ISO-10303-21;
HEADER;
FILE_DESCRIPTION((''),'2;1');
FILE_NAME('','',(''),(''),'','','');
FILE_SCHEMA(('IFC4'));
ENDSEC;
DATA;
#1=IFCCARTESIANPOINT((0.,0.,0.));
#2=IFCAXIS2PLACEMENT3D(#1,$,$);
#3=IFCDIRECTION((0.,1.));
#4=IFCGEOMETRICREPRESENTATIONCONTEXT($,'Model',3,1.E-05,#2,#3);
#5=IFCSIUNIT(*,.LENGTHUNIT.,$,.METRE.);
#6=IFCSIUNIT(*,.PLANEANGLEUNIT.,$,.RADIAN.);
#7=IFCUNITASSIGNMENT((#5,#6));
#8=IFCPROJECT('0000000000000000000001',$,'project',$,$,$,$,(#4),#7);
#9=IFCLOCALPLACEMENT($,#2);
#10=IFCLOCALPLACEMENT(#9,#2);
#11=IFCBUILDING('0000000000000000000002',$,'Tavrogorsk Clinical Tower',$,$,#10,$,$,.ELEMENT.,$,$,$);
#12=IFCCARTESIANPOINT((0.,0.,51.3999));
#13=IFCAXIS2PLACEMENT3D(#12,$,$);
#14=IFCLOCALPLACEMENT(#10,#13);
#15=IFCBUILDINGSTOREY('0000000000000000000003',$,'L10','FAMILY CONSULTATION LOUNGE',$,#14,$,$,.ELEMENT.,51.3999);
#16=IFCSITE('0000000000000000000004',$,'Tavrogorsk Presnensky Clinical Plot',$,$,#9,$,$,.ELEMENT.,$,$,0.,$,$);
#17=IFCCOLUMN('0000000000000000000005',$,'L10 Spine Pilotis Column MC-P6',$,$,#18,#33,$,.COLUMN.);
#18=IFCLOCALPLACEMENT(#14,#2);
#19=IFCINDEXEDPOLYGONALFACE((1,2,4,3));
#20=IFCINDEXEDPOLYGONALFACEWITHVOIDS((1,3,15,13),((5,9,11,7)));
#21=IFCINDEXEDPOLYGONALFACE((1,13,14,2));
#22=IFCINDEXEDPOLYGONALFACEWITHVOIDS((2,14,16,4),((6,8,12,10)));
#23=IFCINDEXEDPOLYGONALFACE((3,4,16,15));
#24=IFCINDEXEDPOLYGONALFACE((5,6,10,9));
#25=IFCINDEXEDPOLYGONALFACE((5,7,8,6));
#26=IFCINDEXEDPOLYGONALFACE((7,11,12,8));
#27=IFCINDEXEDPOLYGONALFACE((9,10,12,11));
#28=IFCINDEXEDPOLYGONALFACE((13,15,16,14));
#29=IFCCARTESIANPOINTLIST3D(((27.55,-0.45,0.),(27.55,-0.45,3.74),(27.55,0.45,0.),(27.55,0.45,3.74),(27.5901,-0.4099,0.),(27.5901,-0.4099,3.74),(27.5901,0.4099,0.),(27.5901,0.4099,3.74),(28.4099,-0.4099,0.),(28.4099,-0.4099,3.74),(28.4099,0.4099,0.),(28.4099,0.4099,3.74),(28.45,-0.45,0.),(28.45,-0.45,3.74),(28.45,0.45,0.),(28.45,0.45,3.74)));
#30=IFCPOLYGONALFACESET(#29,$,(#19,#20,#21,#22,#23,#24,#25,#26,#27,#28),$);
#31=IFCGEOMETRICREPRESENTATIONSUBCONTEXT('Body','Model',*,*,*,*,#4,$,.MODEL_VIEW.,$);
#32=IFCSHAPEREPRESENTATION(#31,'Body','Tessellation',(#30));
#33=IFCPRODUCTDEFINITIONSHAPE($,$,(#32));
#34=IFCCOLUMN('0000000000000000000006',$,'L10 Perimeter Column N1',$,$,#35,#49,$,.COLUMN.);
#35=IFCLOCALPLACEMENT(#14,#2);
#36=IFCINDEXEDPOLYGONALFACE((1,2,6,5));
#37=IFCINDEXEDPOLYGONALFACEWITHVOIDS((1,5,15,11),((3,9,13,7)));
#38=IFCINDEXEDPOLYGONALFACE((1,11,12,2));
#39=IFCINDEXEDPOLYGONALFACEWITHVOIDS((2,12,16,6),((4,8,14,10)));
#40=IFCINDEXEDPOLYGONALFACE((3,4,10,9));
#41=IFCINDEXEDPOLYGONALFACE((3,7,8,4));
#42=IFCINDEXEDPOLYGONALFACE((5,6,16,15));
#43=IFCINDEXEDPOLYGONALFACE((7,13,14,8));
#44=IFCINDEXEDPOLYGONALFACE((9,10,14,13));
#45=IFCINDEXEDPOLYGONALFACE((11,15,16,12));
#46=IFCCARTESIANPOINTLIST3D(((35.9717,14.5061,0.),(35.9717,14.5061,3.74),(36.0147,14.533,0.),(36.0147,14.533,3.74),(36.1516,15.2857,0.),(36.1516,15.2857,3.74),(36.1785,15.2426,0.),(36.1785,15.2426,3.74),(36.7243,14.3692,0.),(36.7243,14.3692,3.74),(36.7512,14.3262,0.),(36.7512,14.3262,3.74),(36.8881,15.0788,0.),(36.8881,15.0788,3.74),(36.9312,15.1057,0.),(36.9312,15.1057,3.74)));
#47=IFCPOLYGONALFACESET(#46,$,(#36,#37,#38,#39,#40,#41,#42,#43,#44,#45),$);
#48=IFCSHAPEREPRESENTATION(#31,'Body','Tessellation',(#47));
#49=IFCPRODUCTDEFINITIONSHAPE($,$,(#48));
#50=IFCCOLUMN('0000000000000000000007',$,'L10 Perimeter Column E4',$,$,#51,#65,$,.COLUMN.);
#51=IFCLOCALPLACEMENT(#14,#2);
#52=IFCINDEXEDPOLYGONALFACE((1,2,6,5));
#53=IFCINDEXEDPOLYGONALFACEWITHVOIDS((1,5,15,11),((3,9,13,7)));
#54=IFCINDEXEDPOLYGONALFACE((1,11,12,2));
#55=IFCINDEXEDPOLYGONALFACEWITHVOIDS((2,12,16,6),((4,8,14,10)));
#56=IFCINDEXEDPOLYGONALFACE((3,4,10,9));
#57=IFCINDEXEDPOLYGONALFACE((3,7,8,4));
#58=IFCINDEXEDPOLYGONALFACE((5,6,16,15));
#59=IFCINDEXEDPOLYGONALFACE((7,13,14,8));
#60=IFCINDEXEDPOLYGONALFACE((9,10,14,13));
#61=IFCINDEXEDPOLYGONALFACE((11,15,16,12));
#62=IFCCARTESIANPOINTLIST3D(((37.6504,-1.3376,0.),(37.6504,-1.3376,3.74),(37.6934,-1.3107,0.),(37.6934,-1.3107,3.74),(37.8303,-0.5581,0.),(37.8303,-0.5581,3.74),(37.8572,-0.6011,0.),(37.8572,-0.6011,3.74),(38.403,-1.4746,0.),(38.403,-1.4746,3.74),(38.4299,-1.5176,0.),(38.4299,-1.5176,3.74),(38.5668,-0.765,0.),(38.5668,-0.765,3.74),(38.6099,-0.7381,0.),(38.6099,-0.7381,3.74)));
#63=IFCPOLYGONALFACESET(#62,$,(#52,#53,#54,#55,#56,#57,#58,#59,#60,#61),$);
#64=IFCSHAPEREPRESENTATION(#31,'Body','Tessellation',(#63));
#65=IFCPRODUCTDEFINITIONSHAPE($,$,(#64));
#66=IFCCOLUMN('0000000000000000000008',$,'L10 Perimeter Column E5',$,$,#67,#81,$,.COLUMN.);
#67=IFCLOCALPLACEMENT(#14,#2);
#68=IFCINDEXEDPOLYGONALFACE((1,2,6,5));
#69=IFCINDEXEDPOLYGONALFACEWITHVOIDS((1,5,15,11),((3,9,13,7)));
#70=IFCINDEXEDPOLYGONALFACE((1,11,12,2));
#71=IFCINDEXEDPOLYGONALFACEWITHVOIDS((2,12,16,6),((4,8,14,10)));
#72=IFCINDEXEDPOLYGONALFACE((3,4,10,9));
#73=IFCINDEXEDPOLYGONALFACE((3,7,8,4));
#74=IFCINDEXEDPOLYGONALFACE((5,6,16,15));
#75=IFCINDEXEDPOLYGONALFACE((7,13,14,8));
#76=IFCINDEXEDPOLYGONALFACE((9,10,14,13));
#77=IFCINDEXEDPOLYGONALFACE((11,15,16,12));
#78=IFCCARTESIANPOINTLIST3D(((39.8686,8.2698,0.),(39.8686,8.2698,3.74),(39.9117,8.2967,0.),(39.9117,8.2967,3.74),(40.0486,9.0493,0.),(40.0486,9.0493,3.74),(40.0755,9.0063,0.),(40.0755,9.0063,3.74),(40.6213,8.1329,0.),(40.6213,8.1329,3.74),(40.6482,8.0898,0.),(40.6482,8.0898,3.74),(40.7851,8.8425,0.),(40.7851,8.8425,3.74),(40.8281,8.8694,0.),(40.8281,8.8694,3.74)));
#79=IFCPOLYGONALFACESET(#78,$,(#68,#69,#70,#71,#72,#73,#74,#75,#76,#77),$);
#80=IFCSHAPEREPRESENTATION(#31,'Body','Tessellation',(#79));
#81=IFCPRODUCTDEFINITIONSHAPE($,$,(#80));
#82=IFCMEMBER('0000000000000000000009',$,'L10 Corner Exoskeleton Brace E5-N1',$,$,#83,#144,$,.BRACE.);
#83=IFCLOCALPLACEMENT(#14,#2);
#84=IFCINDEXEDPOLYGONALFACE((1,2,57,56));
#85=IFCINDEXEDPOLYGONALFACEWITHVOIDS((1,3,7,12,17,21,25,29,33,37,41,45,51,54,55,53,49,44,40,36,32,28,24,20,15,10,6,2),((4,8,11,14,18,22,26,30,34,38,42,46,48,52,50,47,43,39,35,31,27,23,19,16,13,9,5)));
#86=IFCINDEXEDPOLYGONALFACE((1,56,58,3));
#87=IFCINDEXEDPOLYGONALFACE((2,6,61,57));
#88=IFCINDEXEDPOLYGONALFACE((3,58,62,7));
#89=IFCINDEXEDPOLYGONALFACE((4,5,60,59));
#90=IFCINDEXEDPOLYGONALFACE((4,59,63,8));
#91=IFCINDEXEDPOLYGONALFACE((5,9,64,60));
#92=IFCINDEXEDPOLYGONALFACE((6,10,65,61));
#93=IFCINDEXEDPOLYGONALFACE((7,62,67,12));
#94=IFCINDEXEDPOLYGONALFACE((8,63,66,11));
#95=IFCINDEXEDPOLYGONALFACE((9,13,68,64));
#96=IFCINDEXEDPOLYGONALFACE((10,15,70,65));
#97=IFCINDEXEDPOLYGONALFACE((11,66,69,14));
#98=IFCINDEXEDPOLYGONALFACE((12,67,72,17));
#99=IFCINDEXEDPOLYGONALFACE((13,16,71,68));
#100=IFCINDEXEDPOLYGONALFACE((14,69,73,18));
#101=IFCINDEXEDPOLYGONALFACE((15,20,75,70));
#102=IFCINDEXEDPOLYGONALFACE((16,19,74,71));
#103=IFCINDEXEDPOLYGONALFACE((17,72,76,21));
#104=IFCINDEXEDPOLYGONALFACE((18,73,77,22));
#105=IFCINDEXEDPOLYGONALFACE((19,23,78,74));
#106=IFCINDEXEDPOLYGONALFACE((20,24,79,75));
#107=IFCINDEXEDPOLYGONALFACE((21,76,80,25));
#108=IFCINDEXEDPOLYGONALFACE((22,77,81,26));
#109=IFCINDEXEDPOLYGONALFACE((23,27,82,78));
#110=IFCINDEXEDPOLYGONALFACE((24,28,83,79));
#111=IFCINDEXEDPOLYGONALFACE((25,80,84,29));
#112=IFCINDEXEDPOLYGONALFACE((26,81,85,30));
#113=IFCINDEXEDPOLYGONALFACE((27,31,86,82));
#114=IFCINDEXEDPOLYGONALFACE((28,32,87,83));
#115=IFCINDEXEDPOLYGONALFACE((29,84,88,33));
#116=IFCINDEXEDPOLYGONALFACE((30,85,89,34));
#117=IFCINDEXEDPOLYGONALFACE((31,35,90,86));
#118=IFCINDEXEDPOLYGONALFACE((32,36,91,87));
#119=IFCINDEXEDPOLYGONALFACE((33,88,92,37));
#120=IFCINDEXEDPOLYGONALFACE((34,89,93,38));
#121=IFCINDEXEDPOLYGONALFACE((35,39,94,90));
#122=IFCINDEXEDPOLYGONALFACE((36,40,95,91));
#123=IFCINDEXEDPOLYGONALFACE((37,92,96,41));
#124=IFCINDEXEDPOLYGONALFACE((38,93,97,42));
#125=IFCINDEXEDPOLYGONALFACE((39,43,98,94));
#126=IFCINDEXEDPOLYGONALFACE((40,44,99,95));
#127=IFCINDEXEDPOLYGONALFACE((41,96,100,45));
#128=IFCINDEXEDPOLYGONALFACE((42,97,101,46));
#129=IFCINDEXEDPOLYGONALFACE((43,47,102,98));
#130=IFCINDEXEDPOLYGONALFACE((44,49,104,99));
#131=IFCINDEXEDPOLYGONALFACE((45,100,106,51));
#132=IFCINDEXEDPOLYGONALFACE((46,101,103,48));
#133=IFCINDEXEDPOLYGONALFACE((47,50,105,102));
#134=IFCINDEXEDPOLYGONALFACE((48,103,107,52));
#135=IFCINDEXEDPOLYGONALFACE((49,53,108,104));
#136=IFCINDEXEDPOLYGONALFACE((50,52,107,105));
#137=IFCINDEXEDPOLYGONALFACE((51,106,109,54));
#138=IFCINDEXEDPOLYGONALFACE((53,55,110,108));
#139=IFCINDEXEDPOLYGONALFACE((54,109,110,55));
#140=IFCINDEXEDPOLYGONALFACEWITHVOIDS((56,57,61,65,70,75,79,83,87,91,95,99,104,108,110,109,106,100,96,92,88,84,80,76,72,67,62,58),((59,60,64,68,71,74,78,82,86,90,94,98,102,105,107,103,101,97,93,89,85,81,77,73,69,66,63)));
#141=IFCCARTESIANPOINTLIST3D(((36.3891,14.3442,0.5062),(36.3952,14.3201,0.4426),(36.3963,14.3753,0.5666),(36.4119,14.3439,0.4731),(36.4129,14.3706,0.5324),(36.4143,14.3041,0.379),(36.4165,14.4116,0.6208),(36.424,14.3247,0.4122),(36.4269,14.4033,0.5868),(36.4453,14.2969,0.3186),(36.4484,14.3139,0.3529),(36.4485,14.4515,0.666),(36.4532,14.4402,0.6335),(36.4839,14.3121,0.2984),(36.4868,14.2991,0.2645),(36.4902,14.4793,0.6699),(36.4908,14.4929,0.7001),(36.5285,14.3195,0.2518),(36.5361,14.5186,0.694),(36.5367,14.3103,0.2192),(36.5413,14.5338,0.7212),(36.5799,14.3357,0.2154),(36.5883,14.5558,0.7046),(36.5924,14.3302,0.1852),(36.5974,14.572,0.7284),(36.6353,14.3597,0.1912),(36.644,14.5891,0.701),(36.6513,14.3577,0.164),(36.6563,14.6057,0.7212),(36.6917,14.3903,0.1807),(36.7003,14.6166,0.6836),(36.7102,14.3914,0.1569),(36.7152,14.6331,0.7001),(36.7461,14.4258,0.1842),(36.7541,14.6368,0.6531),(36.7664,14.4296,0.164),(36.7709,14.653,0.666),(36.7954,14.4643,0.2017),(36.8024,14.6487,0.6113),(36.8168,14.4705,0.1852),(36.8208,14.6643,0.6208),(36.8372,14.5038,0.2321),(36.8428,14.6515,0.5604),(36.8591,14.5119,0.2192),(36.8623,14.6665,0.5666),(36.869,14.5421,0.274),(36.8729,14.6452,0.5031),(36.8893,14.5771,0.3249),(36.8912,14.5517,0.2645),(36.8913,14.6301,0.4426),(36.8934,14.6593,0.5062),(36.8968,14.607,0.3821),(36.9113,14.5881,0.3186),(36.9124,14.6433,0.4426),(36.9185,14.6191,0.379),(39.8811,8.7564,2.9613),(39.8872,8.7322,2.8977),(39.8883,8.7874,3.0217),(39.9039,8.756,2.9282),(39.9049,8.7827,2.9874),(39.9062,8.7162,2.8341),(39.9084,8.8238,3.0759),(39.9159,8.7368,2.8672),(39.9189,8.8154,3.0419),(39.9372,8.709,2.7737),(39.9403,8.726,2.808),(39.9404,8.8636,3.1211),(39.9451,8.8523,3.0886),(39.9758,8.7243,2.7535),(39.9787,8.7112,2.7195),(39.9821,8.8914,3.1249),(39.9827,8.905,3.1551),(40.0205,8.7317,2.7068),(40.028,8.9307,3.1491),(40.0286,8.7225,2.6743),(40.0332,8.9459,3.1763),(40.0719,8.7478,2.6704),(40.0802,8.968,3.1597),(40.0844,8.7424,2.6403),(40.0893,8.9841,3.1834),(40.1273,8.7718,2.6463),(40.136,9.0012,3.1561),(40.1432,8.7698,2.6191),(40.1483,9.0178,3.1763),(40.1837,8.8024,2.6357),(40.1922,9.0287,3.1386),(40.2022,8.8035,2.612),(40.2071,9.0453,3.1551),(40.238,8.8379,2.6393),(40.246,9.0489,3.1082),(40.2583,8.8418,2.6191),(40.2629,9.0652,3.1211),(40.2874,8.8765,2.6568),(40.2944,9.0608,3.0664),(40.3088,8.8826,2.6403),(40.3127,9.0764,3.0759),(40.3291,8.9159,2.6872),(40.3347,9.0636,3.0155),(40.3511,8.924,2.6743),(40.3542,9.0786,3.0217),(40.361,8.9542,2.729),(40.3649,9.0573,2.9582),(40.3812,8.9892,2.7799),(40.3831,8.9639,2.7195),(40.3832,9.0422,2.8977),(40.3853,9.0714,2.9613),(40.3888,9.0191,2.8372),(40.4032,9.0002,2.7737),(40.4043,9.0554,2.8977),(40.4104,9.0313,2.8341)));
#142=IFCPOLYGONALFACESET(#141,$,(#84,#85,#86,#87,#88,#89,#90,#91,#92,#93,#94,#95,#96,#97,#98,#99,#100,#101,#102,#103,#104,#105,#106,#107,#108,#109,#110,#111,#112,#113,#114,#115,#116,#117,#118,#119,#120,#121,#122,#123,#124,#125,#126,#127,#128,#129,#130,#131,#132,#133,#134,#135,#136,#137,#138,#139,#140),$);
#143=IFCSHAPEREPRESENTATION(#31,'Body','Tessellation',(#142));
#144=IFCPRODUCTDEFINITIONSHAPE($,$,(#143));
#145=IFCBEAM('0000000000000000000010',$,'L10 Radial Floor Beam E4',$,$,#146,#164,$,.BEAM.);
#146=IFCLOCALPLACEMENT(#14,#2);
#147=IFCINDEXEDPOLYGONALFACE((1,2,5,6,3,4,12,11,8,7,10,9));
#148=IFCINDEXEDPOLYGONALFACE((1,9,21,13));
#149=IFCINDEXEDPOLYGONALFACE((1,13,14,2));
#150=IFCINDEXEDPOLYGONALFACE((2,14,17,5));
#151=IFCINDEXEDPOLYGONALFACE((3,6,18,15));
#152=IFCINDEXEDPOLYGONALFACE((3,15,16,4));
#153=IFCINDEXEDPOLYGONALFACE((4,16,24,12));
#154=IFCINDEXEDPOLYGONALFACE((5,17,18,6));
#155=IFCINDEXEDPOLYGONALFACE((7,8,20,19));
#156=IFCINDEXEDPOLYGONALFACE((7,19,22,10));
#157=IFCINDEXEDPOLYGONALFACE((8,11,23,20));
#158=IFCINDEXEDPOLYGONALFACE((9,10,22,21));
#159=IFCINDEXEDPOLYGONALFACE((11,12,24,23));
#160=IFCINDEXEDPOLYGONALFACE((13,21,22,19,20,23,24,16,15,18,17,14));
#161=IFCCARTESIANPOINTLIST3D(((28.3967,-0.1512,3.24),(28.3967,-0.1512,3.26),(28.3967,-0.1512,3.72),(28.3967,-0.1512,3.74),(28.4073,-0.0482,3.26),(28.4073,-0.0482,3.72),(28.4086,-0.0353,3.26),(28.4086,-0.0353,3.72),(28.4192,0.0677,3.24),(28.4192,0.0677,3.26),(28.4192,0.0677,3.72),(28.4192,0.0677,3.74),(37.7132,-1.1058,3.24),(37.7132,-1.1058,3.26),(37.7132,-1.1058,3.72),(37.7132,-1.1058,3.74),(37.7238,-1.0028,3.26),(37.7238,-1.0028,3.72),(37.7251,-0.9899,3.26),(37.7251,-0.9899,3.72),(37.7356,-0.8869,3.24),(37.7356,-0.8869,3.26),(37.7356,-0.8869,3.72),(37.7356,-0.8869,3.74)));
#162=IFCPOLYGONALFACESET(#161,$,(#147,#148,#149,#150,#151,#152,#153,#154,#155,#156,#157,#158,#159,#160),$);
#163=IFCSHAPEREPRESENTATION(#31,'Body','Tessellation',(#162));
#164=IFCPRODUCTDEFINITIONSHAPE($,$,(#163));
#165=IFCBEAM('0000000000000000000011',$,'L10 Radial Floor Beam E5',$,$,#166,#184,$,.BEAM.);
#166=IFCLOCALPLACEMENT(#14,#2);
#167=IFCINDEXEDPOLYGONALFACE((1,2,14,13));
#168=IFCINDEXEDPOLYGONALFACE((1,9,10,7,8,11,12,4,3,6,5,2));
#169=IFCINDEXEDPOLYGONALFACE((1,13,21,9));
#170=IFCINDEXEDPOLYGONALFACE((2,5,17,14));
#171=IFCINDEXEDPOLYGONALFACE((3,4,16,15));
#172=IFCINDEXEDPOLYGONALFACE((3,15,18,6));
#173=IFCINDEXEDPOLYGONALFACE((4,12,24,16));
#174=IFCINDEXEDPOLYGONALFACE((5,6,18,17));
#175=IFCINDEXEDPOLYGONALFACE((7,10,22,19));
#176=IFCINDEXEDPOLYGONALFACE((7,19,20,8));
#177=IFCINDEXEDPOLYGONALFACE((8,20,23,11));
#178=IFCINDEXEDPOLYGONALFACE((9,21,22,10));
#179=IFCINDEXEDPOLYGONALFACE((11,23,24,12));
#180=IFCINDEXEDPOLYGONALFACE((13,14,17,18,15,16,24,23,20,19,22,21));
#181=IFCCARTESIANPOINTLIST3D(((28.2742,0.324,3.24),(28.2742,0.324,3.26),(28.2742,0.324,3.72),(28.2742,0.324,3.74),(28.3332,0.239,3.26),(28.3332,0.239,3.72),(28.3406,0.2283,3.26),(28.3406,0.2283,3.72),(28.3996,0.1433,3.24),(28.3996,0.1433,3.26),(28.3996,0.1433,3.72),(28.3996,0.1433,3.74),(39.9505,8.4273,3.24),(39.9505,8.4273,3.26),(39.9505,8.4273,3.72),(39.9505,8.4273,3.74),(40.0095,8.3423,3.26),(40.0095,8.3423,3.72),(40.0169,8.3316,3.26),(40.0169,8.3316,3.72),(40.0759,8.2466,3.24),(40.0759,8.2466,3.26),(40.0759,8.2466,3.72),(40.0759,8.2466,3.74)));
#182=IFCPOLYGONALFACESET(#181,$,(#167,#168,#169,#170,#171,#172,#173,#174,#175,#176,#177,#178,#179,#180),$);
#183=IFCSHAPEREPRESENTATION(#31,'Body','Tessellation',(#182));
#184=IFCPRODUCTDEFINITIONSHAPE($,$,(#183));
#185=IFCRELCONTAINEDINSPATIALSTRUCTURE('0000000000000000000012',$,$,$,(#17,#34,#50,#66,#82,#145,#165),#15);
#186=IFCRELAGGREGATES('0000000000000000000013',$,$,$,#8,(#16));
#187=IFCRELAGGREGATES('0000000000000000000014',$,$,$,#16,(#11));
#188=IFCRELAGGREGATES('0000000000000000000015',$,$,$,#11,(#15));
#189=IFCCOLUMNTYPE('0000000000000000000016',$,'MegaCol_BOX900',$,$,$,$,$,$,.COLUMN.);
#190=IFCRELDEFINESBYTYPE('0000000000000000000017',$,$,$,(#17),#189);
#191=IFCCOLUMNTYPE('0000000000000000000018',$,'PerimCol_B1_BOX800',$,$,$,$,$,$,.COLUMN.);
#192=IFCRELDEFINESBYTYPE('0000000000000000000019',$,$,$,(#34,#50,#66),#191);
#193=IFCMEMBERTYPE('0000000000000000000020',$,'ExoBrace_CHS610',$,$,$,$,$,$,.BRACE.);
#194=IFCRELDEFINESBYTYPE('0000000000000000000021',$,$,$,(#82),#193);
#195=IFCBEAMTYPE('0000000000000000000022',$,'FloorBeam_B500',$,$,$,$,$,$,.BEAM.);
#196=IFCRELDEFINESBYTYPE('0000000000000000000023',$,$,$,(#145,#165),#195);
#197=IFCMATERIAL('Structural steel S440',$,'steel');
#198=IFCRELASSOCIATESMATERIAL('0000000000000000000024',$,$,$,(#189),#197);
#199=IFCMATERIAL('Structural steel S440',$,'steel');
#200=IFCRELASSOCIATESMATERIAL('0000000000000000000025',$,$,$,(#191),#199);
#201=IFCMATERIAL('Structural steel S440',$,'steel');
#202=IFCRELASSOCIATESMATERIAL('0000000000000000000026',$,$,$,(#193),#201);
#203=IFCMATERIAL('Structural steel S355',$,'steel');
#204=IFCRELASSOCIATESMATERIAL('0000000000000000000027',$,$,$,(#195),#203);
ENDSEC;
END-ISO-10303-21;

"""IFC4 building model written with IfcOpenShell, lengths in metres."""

from ifc_helpers import new_model, si_unit, direction, frame, origin, origin_2d, place, context, subcontext, project, spatial, hollow_rectangle, hollow_circle, i_section, extrude, material, material_profile, profile_set, type_object, element, save


model = new_model("IFC4")

# Units and contexts
model_context = context("Model", 3, precision=1e-05, world=origin(), true_north=direction((0.0, 1.0)))
body_context = subcontext(model_context, "Body", "Model", "MODEL_VIEW")
ifc_project = project(units=[si_unit("LENGTHUNIT", "METRE"), si_unit("PLANEANGLEUNIT", "RADIAN")], contexts=[model_context])

# Site, building, storey
site_placement = place(None, origin())
site = spatial("IfcSite", under=ifc_project, at=site_placement, Name="Tavrogorsk Presnensky Clinical Plot", CompositionType="ELEMENT", RefElevation=0.0)
building_placement = place(site_placement, origin())
building = spatial("IfcBuilding", under=site, at=building_placement, Name="Tavrogorsk Clinical Tower", CompositionType="ELEMENT")
storey_placement = place(building_placement, frame((0.0, 0.0, 51.3999)))
storey = spatial("IfcBuildingStorey", under=building, at=storey_placement, Name="L10", Description="FAMILY CONSULTATION LOUNGE", CompositionType="ELEMENT", Elevation=51.3999)

# Columns
ifc_material_1 = material(Name="Structural steel S440", Category="steel")
ifc_material_profile_1 = material_profile(ifc_material_1, hollow_rectangle(XDim=0.8999, YDim=0.8999, WallThickness=0.04, at=origin_2d()), Name="BOX-900x900x40")
ifc_profile_set_1 = profile_set([ifc_material_profile_1], Name="Structural steel S440")
column_type_1 = type_object("IfcColumnType", Name="MegaCol_BOX900", PredefinedType="COLUMN", material=ifc_profile_set_1)
column_placement = place(storey_placement, frame((28.0, 0.0, 0.0), z_axis=(0.0, 0.0, 1.0), x_axis=(1.0, 0.0, 0.0)))
element("IfcColumn", 1, at=column_placement, inside=storey, type_object=column_type_1, Name="L10 Spine Pilotis Column MC-P6", PredefinedType="COLUMN", context=body_context, shape_type="SweptSolid", body=[
    extrude(hollow_rectangle(XDim=0.8999, YDim=0.8999, WallThickness=0.04, at=origin_2d()), origin(), (0.0, 0.0, 1.0), 3.74),
])
ifc_material_2 = material(Name="Structural steel S440", Category="steel")
ifc_material_profile_2 = material_profile(ifc_material_2, hollow_rectangle(XDim=0.8, YDim=0.8, WallThickness=0.0359, at=origin_2d()), Name="BOX-800x800x36")
ifc_profile_set_2 = profile_set([ifc_material_profile_2], Name="Structural steel S440")
column_type_2 = type_object("IfcColumnType", Name="PerimCol_B1_BOX800", PredefinedType="COLUMN", material=ifc_profile_set_2)
for number, where, z_axis, x_axis, name in (
    (2, (36.4514, 14.8059, 0.0), (0.0, 0.0, 1.0), (0.97437, -0.224951, 0.0), "L10 Perimeter Column N1"),
    (3, (38.1301, -1.0378, 0.0), (0.0, 0.0, 1.0), (0.97437, -0.224951, 0.0), "L10 Perimeter Column E4"),
    (4, (40.3484, 8.5696, 0.0), (0.0, 0.0, 1.0), (0.97437, -0.224951, 0.0), "L10 Perimeter Column E5"),
):
    element("IfcColumn", number, at=place(storey_placement, frame(where, z_axis=z_axis, x_axis=x_axis)), inside=storey, type_object=column_type_2, Name=name, PredefinedType="COLUMN", context=body_context, shape_type="SweptSolid", body=[
        extrude(hollow_rectangle(XDim=0.8, YDim=0.8, WallThickness=0.0359, at=origin_2d()), origin(), (0.0, 0.0, 1.0), 3.74),
    ])

# Member
ifc_material_3 = material(Name="Structural steel S440", Category="steel")
ifc_material_profile_3 = material_profile(ifc_material_3, hollow_circle(Radius=0.3049, WallThickness=0.0249, at=origin_2d()), Name="CHS-610x25")
ifc_profile_set_3 = profile_set([ifc_material_profile_3], Name="Structural steel S440")
member_type_1 = type_object("IfcMemberType", Name="ExoBrace_CHS610", PredefinedType="BRACE", material=ifc_profile_set_3)
member_1_placement = place(storey_placement, frame((36.6538, 14.4817, 0.4426), z_axis=(0.496596, -0.794665, 0.349142), x_axis=(0.848032, 0.529946, 0.0)))
element("IfcMember", 5, at=member_1_placement, inside=storey, type_object=member_type_1, Name="L10 Corner Exoskeleton Brace E5-N1", PredefinedType="BRACE", context=body_context, shape_type="SweptSolid", body=[
    extrude(hollow_circle(Radius=0.3049, WallThickness=0.0249, at=origin_2d()), origin(), (0.0, 0.0, 1.0), 7.0317),
])

# Beams
ifc_material_4 = material(Name="Structural steel S355", Category="steel")
ifc_material_profile_4 = material_profile(ifc_material_4, i_section(OverallWidth=0.22, OverallDepth=0.5, WebThickness=0.0129, FlangeThickness=0.02, at=origin_2d()), Name="B-500x220x13x20")
ifc_profile_set_4 = profile_set([ifc_material_profile_4], Name="Structural steel S355")
beam_type_1 = type_object("IfcBeamType", Name="FloorBeam_B500", PredefinedType="BEAM", material=ifc_profile_set_4)
beam_1_placement = place(storey_placement, frame((28.408, -0.0417, 3.49), z_axis=(0.994792, -0.10193, 0.0), x_axis=(0.10193, 0.994792, 0.0)))
element("IfcBeam", 6, at=beam_1_placement, inside=storey, type_object=beam_type_1, Name="L10 Radial Floor Beam E4", PredefinedType="BEAM", context=body_context, shape_type="SweptSolid", body=[
    extrude(i_section(OverallWidth=0.22, OverallDepth=0.5, WebThickness=0.0129, FlangeThickness=0.02, at=origin_2d()), origin(), (0.0, 0.0, 1.0), 9.3652),
])
beam_2_placement = place(storey_placement, frame((28.3369, 0.2336, 3.49), z_axis=(0.821543, 0.570147, 0.0), x_axis=(-0.570147, 0.821543, 0.0)))
element("IfcBeam", 7, at=beam_2_placement, inside=storey, type_object=beam_type_1, Name="L10 Radial Floor Beam E5", PredefinedType="BEAM", context=body_context, shape_type="SweptSolid", body=[
    extrude(i_section(OverallWidth=0.22, OverallDepth=0.5, WebThickness=0.0129, FlangeThickness=0.02, at=origin_2d()), origin(), (0.0, 0.0, 1.0), 14.2126),
])

save(model, "model.ifc")
